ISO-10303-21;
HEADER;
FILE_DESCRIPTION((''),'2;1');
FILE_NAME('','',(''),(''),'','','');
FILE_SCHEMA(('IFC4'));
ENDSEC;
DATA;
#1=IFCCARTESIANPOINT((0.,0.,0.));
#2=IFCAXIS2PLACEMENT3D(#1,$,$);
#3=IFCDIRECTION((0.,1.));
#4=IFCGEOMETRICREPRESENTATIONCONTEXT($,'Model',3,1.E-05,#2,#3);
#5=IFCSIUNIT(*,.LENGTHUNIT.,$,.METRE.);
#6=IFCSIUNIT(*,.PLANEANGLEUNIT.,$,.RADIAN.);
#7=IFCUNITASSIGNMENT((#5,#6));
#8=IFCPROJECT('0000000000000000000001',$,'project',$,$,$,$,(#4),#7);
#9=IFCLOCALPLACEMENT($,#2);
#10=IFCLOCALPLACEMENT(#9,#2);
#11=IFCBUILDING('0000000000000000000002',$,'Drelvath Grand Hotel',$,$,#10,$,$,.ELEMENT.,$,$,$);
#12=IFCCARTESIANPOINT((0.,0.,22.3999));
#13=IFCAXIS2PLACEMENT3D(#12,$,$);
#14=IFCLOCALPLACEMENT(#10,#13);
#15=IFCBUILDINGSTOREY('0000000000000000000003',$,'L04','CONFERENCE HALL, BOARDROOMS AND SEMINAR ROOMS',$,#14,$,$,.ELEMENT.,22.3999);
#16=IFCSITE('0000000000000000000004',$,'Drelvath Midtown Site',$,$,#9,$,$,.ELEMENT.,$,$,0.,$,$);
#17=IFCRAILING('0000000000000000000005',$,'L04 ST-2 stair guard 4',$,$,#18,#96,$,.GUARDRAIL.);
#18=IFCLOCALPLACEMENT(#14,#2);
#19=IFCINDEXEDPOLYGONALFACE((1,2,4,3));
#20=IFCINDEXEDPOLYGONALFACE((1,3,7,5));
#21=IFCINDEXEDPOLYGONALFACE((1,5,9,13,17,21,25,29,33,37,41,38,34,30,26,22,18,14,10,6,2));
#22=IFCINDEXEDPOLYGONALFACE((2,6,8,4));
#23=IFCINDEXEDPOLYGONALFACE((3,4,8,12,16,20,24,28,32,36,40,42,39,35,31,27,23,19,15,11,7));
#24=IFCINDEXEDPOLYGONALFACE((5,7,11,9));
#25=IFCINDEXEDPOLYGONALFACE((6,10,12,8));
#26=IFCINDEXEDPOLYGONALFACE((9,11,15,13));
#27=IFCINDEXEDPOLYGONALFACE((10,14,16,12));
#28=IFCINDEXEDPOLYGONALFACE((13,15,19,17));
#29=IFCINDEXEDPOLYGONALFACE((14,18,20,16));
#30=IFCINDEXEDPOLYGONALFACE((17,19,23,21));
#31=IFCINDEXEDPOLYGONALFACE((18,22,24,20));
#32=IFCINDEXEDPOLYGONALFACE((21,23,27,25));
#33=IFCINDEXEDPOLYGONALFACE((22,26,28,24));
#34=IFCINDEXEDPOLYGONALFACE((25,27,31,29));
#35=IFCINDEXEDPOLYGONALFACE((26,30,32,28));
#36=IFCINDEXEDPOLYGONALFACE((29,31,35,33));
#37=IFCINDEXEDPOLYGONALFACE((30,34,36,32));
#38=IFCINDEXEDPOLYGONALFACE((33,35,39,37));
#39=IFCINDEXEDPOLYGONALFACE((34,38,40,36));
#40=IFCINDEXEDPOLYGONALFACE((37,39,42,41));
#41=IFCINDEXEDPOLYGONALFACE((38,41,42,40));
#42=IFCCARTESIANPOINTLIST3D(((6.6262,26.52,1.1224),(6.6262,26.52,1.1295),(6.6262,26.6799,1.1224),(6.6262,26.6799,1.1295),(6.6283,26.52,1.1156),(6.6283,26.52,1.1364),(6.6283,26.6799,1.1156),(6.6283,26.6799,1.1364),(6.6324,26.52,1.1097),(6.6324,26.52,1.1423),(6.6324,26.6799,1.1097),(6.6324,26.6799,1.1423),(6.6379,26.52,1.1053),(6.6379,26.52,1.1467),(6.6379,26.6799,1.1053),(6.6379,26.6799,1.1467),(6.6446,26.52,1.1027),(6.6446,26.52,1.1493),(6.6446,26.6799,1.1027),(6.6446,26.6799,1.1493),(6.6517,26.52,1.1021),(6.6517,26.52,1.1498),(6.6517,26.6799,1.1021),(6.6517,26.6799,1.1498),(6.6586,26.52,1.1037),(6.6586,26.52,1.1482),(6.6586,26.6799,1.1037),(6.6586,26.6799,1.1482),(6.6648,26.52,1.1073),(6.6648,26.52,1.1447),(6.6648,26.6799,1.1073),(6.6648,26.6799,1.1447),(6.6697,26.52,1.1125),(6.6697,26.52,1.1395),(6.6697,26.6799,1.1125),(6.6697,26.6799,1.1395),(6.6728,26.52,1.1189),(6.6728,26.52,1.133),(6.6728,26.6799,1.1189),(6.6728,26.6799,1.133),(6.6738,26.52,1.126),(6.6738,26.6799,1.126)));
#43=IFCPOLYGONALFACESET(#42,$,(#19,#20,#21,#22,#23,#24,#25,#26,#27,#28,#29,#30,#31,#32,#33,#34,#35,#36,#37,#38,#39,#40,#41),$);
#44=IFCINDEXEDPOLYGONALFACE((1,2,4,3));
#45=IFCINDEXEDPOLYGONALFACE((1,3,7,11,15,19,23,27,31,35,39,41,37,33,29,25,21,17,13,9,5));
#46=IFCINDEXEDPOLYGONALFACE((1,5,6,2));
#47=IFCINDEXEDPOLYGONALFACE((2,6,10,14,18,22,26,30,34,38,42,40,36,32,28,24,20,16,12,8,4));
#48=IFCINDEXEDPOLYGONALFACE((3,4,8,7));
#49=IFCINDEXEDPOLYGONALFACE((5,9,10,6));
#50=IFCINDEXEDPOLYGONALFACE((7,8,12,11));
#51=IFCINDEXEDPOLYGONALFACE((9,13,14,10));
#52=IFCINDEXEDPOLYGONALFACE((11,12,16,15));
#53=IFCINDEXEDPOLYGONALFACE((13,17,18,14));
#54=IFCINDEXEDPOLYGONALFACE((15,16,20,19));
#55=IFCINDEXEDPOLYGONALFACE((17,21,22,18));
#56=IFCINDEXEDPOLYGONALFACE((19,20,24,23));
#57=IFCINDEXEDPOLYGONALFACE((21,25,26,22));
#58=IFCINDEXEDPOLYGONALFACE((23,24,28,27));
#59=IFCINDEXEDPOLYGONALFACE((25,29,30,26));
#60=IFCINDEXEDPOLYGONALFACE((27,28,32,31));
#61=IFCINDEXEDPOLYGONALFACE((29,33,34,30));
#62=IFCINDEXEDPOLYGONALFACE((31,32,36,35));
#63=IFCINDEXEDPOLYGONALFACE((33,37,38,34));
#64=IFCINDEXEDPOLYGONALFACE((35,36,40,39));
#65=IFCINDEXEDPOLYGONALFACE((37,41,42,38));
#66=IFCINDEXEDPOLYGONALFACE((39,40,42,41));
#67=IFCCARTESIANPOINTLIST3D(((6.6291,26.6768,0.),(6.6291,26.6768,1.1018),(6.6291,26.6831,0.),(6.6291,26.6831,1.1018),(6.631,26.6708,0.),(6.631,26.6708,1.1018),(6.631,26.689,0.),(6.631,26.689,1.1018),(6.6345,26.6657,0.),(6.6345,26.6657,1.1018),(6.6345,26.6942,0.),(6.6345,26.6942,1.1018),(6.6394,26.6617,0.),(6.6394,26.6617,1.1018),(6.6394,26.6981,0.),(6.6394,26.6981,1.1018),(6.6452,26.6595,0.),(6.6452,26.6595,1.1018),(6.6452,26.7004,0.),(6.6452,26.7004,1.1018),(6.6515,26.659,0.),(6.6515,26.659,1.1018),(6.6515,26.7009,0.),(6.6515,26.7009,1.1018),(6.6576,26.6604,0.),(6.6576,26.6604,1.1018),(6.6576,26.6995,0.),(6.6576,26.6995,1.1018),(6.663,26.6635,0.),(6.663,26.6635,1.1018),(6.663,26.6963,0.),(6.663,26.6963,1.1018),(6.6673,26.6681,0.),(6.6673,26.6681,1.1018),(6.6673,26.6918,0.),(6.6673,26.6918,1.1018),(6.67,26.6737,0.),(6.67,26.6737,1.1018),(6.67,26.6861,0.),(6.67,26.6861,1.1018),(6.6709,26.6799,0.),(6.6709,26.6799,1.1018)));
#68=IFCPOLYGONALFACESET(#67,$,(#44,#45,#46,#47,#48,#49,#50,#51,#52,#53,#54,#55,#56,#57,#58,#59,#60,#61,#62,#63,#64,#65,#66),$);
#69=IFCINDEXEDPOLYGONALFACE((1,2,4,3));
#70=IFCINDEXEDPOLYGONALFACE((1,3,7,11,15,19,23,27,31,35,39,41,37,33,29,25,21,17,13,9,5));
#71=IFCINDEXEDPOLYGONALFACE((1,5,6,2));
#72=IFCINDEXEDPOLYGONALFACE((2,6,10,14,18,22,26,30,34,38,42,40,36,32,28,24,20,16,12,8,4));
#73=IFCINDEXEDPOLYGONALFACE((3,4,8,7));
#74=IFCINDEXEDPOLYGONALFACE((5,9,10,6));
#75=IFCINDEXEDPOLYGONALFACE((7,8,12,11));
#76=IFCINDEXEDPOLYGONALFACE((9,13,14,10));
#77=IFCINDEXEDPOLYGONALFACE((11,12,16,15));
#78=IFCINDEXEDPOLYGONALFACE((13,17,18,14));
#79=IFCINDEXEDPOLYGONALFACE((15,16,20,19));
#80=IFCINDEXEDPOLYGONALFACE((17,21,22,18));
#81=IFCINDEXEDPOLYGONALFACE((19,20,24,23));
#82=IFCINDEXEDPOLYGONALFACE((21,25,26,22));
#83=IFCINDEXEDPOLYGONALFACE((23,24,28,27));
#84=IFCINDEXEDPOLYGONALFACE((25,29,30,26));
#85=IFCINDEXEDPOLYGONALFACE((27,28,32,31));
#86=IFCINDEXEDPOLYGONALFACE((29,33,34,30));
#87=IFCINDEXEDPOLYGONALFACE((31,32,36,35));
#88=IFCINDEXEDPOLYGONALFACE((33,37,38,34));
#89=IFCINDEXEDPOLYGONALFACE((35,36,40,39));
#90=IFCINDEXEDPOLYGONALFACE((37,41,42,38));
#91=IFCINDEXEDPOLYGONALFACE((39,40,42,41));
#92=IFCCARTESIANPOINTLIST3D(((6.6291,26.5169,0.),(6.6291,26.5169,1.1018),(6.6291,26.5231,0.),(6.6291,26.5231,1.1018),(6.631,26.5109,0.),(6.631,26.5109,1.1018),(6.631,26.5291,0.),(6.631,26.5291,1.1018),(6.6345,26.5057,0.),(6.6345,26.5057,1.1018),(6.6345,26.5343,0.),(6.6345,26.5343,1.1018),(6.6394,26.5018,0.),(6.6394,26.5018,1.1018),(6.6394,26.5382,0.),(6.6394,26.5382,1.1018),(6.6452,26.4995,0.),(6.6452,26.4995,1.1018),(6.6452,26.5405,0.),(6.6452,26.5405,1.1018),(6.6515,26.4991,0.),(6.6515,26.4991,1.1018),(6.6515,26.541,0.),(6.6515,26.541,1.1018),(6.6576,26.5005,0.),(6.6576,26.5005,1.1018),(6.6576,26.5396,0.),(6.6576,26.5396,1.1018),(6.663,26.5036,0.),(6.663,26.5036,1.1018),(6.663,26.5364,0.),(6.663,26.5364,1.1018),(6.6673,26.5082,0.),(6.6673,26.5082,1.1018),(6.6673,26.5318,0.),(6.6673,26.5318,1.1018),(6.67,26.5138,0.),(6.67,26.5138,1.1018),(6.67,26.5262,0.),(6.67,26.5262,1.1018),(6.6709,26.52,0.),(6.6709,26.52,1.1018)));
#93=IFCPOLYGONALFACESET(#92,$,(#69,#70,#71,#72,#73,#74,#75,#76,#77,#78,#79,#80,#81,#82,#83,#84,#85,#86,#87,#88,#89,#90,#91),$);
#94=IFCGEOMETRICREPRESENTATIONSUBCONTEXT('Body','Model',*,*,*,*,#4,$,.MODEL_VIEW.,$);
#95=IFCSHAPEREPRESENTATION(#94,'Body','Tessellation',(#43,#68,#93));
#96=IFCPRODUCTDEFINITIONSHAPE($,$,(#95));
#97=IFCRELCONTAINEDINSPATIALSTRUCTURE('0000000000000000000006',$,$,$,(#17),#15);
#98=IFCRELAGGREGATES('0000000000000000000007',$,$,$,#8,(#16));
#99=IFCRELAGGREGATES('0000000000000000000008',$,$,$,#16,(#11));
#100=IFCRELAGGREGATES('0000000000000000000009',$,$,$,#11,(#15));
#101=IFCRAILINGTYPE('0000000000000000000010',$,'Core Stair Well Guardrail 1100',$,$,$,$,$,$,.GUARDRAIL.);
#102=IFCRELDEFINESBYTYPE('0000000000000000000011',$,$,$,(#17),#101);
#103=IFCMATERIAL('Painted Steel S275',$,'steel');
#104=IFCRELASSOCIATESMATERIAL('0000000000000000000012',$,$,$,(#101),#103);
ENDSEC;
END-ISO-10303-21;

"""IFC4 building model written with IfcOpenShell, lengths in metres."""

from ifc_helpers import new_model, si_unit, direction, frame, origin, origin_2d, place, context, subcontext, project, spatial, circle, extrude, material, type_object, element, save


model = new_model("IFC4")

# Units and contexts
model_context = context("Model", 3, precision=1e-05, world=origin(), true_north=direction((0.0, 1.0)))
body_context = subcontext(model_context, "Body", "Model", "MODEL_VIEW")
ifc_project = project(units=[si_unit("LENGTHUNIT", "METRE"), si_unit("PLANEANGLEUNIT", "RADIAN")], contexts=[model_context])

# Site, building, storey
site_placement = place(None, origin())
site = spatial("IfcSite", under=ifc_project, at=site_placement, Name="Drelvath Midtown Site", CompositionType="ELEMENT", RefElevation=0.0)
building_placement = place(site_placement, origin())
building = spatial("IfcBuilding", under=site, at=building_placement, Name="Drelvath Grand Hotel", CompositionType="ELEMENT")
storey_placement = place(building_placement, frame((0.0, 0.0, 22.3999)))
storey = spatial("IfcBuildingStorey", under=building, at=storey_placement, Name="L04", Description="CONFERENCE HALL, BOARDROOMS AND SEMINAR ROOMS", CompositionType="ELEMENT", Elevation=22.3999)

# Shared definitions
ifc_material_1 = material(Name="Painted Steel S275", Category="steel")

# Railing
railing_type_1 = type_object("IfcRailingType", Name="Core Stair Well Guardrail 1100", PredefinedType="GUARDRAIL", material=ifc_material_1)
railing_1_placement = place(storey_placement, frame((6.6499, 26.6799, 0.0)))
element("IfcRailing", 1, at=railing_1_placement, inside=storey, type_object=railing_type_1, Name="L04 ST-2 stair guard 4", PredefinedType="GUARDRAIL", context=body_context, shape_type="SweptSolid", body=[
    extrude(circle(Radius=0.0239, at=origin_2d()), frame((0.0, 0.0, 1.126), z_axis=(0.0, -1.0, 0.0), x_axis=(1.0, 0.0, 0.0)), (0.0, 0.0, 1.0), 0.1599),
    extrude(circle(Radius=0.021, at=origin_2d()), origin(), (0.0, 0.0, 1.0), 1.1018),
    extrude(circle(Radius=0.021, at=origin_2d()), frame((0.0, -0.1599, 0.0)), (0.0, 0.0, 1.0), 1.1018),
])

save(model, "model.ifc")
